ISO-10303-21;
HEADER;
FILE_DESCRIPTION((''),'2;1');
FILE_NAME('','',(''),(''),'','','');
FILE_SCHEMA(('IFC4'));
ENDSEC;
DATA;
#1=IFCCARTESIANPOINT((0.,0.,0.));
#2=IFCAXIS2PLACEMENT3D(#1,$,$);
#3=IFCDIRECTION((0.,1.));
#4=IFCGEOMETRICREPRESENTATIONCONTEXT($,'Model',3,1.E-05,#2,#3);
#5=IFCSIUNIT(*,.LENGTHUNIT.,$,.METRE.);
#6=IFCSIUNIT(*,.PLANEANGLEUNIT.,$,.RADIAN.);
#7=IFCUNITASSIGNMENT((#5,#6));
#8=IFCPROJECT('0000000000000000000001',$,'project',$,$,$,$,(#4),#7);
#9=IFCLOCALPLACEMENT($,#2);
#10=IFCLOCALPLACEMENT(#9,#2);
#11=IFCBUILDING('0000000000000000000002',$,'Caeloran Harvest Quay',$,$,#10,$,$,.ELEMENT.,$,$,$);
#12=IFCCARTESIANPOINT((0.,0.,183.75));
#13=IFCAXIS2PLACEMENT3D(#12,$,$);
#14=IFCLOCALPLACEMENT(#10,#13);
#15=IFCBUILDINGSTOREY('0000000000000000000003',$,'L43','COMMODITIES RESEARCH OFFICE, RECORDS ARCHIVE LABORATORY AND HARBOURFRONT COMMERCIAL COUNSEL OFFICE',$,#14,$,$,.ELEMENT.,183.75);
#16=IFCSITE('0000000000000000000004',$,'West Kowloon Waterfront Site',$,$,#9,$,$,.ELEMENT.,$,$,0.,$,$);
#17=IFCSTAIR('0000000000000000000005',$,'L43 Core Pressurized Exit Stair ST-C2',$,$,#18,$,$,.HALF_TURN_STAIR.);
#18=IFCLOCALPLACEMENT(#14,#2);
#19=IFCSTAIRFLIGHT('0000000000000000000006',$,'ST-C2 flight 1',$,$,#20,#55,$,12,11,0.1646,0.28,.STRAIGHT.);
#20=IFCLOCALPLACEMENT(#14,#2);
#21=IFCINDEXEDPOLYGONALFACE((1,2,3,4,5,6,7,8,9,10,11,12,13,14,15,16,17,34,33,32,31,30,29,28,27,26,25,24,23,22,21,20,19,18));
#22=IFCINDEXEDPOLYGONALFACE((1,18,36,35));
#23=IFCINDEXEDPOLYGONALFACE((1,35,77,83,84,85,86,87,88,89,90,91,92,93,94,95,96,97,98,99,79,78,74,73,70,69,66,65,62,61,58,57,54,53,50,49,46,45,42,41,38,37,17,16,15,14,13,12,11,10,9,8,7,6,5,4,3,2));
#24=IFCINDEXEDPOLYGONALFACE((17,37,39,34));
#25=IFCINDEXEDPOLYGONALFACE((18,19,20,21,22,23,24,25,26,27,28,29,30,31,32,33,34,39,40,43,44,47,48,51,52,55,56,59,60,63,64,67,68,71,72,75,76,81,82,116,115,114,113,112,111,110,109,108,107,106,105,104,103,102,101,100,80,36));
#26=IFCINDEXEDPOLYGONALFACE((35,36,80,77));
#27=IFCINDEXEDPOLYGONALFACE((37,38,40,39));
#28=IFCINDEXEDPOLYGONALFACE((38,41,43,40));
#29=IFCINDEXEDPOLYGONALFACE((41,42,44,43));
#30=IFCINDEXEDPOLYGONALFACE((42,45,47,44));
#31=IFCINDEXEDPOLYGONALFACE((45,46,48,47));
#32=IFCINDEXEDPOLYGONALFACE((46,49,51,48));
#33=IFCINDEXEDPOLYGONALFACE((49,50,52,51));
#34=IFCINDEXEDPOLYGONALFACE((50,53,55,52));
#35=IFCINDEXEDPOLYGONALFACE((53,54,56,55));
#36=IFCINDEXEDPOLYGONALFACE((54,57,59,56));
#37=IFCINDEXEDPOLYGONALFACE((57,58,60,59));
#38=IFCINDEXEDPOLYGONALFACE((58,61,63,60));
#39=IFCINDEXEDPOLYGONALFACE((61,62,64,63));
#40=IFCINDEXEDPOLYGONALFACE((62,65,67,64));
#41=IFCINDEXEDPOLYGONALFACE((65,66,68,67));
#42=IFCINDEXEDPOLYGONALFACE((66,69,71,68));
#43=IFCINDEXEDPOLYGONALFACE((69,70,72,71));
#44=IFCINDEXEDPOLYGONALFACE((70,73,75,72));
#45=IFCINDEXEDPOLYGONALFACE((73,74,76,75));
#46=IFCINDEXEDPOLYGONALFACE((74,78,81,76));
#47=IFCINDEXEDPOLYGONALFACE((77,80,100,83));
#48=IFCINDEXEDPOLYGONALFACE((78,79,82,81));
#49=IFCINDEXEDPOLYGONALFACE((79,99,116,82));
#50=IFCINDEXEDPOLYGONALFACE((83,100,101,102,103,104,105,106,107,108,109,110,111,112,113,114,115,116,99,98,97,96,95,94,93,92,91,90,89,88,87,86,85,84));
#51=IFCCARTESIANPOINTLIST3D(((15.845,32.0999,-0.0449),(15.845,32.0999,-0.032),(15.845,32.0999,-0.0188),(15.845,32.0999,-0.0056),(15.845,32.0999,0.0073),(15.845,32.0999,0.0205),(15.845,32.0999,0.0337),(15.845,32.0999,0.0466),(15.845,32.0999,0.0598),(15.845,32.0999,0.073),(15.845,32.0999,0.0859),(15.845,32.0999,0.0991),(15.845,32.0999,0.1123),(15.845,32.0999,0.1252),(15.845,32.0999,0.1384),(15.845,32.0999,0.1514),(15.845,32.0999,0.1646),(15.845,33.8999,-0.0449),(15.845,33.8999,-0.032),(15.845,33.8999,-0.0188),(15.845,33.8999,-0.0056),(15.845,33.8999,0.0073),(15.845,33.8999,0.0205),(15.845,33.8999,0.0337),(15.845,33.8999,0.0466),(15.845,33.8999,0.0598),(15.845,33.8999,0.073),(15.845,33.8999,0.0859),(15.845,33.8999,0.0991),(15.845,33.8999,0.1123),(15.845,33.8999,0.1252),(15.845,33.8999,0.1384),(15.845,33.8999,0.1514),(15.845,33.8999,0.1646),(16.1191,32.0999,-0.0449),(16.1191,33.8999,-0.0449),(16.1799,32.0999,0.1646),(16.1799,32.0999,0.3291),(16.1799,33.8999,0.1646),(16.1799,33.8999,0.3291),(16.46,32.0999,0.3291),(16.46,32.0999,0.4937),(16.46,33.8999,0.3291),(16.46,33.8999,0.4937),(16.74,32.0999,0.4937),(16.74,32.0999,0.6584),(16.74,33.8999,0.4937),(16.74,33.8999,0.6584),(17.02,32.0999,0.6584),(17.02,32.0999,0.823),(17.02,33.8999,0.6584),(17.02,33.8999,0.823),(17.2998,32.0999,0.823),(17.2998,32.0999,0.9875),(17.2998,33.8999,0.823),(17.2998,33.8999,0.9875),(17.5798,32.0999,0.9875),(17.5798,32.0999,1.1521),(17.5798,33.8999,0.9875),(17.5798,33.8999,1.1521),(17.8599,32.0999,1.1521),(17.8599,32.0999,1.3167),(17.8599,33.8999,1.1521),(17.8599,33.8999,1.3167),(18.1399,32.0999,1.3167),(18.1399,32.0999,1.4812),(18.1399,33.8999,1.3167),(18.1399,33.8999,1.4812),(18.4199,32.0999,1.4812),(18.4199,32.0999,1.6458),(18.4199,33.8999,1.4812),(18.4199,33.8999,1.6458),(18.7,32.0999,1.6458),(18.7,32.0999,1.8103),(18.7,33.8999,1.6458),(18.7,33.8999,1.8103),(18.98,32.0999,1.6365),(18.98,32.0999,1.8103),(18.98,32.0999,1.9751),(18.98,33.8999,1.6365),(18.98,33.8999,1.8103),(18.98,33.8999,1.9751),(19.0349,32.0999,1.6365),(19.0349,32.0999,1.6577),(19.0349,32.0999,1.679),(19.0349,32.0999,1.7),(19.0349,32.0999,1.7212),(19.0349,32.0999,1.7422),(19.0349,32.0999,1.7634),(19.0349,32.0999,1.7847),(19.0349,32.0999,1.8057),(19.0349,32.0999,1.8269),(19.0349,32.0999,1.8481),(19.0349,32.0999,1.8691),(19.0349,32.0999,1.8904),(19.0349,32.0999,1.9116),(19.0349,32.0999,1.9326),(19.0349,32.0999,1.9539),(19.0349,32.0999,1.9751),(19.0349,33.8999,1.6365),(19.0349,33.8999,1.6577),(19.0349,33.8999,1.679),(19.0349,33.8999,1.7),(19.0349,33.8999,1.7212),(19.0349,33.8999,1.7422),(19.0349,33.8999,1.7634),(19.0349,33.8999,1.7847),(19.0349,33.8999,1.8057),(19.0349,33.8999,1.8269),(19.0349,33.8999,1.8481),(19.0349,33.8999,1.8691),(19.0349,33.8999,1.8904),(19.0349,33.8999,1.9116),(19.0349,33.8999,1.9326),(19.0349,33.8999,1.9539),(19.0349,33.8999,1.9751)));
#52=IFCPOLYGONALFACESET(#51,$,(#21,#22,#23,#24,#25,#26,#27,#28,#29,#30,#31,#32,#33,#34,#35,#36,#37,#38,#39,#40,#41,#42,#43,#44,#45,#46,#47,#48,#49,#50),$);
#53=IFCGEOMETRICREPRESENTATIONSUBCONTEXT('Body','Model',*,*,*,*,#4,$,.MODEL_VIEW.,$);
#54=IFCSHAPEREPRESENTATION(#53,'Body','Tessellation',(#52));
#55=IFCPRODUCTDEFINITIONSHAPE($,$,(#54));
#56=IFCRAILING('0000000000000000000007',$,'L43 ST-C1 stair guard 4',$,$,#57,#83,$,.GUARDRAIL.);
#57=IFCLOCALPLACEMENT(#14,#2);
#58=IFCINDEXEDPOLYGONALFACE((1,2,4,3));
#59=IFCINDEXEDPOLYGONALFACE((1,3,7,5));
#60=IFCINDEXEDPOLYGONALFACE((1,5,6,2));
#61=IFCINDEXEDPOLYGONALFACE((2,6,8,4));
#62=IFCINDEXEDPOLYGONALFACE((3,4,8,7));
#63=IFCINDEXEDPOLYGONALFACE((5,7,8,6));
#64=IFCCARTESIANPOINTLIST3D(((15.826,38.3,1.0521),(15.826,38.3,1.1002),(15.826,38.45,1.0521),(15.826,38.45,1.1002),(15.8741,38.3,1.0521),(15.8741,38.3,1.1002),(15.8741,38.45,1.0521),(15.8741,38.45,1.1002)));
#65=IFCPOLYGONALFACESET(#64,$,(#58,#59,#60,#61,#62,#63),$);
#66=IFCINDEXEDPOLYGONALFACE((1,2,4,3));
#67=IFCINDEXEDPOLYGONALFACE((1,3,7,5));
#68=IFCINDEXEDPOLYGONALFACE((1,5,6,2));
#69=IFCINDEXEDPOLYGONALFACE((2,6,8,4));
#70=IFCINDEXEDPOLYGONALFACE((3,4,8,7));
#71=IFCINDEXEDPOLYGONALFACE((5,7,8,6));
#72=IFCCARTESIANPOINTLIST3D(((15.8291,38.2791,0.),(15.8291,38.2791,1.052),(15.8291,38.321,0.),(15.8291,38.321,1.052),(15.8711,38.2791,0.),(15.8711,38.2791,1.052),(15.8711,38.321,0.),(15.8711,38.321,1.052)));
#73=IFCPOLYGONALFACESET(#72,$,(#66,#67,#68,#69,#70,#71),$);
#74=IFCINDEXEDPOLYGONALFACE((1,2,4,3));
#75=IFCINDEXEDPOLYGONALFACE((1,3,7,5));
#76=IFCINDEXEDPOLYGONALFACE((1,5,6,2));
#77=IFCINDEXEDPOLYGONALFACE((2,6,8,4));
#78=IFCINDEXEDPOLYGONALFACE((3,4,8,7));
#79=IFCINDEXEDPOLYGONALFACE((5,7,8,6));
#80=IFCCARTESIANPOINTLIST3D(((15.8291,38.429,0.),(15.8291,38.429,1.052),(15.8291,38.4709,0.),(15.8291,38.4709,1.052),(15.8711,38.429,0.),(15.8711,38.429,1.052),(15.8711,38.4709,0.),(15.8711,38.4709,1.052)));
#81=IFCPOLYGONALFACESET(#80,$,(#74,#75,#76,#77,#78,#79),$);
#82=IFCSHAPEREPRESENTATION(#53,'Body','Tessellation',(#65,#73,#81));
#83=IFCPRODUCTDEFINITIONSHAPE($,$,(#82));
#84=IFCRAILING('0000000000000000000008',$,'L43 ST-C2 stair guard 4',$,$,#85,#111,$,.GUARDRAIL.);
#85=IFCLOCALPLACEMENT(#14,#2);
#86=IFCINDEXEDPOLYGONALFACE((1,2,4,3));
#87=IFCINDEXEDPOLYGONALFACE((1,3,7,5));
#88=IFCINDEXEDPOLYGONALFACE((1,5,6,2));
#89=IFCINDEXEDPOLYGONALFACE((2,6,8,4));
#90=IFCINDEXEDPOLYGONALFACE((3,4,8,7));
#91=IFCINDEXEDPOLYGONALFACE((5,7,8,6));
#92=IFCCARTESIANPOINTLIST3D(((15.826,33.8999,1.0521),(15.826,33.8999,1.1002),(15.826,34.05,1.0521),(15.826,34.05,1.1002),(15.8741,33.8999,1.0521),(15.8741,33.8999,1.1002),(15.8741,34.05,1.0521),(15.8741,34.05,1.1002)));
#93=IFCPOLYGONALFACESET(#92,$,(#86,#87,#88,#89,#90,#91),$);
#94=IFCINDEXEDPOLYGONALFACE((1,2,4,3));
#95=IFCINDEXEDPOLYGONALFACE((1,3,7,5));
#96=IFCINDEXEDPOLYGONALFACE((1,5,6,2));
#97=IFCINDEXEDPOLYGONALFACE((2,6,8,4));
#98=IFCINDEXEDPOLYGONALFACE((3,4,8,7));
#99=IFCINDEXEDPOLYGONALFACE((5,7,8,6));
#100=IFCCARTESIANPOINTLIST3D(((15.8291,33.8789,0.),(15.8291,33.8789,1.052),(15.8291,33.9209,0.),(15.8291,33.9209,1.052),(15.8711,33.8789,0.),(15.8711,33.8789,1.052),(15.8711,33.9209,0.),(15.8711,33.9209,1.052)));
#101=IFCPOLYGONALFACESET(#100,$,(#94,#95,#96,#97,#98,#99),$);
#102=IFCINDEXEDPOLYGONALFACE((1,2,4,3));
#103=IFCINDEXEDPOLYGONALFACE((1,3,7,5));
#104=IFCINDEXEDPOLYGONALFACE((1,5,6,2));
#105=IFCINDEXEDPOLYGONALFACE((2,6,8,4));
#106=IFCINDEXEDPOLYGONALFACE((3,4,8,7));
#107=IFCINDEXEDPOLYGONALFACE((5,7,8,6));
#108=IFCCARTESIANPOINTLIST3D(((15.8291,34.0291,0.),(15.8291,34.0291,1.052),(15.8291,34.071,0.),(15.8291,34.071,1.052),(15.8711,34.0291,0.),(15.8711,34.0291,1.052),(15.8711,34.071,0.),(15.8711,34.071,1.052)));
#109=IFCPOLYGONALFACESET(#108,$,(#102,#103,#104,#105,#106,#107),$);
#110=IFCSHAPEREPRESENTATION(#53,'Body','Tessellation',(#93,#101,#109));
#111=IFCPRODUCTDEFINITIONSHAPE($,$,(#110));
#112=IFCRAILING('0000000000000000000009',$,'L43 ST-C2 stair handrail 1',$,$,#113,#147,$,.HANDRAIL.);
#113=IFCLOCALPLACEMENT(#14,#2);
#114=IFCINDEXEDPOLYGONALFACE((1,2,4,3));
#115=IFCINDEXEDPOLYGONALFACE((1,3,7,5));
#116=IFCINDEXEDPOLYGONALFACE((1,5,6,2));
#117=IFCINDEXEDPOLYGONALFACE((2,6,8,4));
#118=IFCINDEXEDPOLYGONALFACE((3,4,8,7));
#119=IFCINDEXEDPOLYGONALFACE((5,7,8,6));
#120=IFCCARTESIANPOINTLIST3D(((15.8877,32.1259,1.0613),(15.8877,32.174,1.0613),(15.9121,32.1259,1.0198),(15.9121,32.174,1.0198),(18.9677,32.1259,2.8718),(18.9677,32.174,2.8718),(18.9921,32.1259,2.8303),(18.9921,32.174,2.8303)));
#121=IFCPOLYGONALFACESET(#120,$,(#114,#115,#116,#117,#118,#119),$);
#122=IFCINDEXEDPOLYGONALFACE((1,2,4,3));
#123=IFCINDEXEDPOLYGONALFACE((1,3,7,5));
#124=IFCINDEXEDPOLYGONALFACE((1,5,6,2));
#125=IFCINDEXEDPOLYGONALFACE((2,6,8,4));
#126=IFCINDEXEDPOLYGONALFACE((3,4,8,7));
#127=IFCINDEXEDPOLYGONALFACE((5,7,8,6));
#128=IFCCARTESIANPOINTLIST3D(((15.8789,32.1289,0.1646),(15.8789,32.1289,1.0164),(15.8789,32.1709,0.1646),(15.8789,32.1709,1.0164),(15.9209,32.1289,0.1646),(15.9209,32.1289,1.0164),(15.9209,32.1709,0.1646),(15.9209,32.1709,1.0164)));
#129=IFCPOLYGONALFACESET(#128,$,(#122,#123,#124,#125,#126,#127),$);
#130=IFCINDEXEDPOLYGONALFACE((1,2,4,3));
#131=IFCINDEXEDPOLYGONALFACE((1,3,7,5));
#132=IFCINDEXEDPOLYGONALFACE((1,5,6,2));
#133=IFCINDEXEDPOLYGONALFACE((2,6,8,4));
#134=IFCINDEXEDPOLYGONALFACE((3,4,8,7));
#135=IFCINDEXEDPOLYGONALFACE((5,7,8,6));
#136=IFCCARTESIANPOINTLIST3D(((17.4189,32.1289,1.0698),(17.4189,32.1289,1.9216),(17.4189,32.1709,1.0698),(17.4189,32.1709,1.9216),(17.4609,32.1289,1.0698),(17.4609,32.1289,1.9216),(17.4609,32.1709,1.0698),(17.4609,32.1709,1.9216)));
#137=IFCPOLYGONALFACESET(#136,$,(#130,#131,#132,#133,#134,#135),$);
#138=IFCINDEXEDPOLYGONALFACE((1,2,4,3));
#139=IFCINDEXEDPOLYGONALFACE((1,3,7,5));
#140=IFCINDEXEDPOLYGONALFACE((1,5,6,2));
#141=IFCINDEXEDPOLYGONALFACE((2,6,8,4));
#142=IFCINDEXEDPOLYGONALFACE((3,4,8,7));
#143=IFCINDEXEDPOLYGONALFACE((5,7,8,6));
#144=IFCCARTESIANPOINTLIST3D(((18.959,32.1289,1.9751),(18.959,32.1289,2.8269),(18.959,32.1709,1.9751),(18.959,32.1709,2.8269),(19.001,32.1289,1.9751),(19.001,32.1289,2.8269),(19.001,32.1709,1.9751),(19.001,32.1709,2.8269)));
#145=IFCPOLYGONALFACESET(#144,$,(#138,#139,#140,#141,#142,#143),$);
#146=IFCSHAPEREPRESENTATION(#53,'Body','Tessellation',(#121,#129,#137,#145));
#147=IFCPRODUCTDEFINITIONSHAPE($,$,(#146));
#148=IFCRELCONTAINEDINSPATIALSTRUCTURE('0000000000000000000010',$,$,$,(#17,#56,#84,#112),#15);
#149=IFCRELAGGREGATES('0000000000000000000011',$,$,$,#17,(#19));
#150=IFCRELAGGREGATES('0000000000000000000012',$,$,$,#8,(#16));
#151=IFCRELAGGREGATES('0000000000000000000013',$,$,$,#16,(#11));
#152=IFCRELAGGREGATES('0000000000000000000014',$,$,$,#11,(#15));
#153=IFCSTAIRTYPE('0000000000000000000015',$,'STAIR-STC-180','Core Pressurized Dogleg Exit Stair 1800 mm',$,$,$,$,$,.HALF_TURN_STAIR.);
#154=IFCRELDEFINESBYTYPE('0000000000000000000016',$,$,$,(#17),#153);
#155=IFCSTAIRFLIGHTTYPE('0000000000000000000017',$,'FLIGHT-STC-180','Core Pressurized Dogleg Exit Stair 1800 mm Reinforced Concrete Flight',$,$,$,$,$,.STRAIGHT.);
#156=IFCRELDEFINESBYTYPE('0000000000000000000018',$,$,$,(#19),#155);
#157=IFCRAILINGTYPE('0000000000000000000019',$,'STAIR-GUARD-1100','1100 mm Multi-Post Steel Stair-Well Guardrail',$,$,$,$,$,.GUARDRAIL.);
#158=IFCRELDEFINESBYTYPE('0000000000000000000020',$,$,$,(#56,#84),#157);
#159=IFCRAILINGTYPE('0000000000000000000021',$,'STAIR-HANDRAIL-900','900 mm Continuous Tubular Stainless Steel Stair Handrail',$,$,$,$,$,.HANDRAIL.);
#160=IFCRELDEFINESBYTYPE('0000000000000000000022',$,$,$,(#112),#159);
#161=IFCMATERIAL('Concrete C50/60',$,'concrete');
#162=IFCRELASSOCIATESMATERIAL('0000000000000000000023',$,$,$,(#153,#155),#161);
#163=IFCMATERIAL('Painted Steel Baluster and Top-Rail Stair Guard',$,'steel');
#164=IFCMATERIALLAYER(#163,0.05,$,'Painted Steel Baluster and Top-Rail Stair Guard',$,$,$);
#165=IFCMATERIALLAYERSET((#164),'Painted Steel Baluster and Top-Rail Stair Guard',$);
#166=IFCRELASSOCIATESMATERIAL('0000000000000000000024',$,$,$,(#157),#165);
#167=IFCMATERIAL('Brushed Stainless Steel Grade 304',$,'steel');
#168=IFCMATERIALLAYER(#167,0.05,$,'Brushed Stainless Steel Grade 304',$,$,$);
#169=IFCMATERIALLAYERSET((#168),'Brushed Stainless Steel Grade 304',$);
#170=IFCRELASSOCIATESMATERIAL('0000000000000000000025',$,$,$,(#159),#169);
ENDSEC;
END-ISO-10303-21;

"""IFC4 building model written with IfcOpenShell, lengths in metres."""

from ifc_helpers import new_model, si_unit, direction, frame, origin, origin_2d, place, context, subcontext, project, spatial, polyline, rectangle, outline, extrude, material, layer, layer_set, type_object, element, aggregate, save


model = new_model("IFC4")

# Units and contexts
model_context = context("Model", 3, precision=1e-05, world=origin(), true_north=direction((0.0, 1.0)))
body_context = subcontext(model_context, "Body", "Model", "MODEL_VIEW")
ifc_project = project(units=[si_unit("LENGTHUNIT", "METRE"), si_unit("PLANEANGLEUNIT", "RADIAN")], contexts=[model_context])

# Site, building, storey
site_placement = place(None, origin())
site = spatial("IfcSite", under=ifc_project, at=site_placement, Name="West Kowloon Waterfront Site", CompositionType="ELEMENT", RefElevation=0.0)
building_placement = place(site_placement, origin())
building = spatial("IfcBuilding", under=site, at=building_placement, Name="Caeloran Harvest Quay", CompositionType="ELEMENT")
storey_placement = place(building_placement, frame((0.0, 0.0, 183.75)))
storey = spatial("IfcBuildingStorey", under=building, at=storey_placement, Name="L43", Description="COMMODITIES RESEARCH OFFICE, RECORDS ARCHIVE LABORATORY AND HARBOURFRONT COMMERCIAL COUNSEL OFFICE", CompositionType="ELEMENT", Elevation=183.75)

# Shared definitions
ifc_material_1 = material(Name="Concrete C50/60", Category="concrete")

# Stair, stair flight
stair_type = type_object("IfcStairType", Name="STAIR-STC-180", Description="Core Pressurized Dogleg Exit Stair 1800 mm", PredefinedType="HALF_TURN_STAIR", material=ifc_material_1)
stair_placement = place(storey_placement, origin())
stair = element("IfcStair", 1, at=stair_placement, inside=storey, type_object=stair_type, Name="L43 Core Pressurized Exit Stair ST-C2", PredefinedType="HALF_TURN_STAIR")
stair_flight_type = type_object("IfcStairFlightType", Name="FLIGHT-STC-180", Description="Core Pressurized Dogleg Exit Stair 1800 mm Reinforced Concrete Flight", PredefinedType="STRAIGHT", material=ifc_material_1)
stair_flight_placement = place(storey_placement, frame((15.8999, 33.0, 0.0), z_axis=(0.0, 0.0, 1.0), x_axis=(1.0, 0.0, 0.0)))
stair_flight = element("IfcStairFlight", 2, at=stair_flight_placement, type_object=stair_flight_type, Name="ST-C2 flight 1", NumberOfRisers=12, NumberOfTreads=11, PredefinedType="STRAIGHT", RiserHeight=0.1646, TreadLength=0.28, context=body_context, shape_type="SweptSolid", body=[
    extrude(outline(polyline([(-0.0549, -0.0449), (-0.0549, -0.032), (-0.0549, -0.0188), (-0.0549, -0.0056), (-0.0549, 0.0073), (-0.0549, 0.0205), (-0.0549, 0.0337), (-0.0549, 0.0466), (-0.0549, 0.0598), (-0.0549, 0.073), (-0.0549, 0.0859), (-0.0549, 0.0991), (-0.0549, 0.1123), (-0.0549, 0.1252), (-0.0549, 0.1384), (-0.0549, 0.1514), (-0.0549, 0.1646), (0.28, 0.1646), (0.28, 0.3291), (0.5601, 0.3291), (0.5601, 0.4937), (0.8401, 0.4937), (0.8401, 0.6584), (1.1201, 0.6584), (1.1201, 0.823), (1.3999, 0.823), (1.3999, 0.9875), (1.6799, 0.9875), (1.6799, 1.1521), (1.96, 1.1521), (1.96, 1.3167), (2.24, 1.3167), (2.24, 1.4812), (2.52, 1.4812), (2.52, 1.6458), (2.8, 1.6458), (2.8, 1.8103), (3.0801, 1.8103), (3.0801, 1.9751), (3.135, 1.9751), (3.135, 1.9539), (3.135, 1.9326), (3.135, 1.9116), (3.135, 1.8904), (3.135, 1.8691), (3.135, 1.8481), (3.135, 1.8269), (3.135, 1.8057), (3.135, 1.7847), (3.135, 1.7634), (3.135, 1.7422), (3.135, 1.7212), (3.135, 1.7), (3.135, 1.679), (3.135, 1.6577), (3.135, 1.6365), (3.0801, 1.6365), (0.2192, -0.0449), (-0.0549, -0.0449)])), frame((0.0, 0.8999, 0.0), z_axis=(0.0, -1.0, 0.0), x_axis=(1.0, 0.0, 0.0)), (0.0, 0.0, 1.0), 1.8),
])
aggregate(stair, [stair_flight])

# Railings
ifc_material_2 = material(Name="Painted Steel Baluster and Top-Rail Stair Guard", Category="steel")
ifc_layer_1 = layer(ifc_material_2, 0.05, Name="Painted Steel Baluster and Top-Rail Stair Guard")
ifc_layer_set_1 = layer_set([ifc_layer_1], Name="Painted Steel Baluster and Top-Rail Stair Guard")
railing_type_1 = type_object("IfcRailingType", Name="STAIR-GUARD-1100", Description="1100 mm Multi-Post Steel Stair-Well Guardrail", PredefinedType="GUARDRAIL", material=ifc_layer_set_1)
railing_1_placement = place(storey_placement, frame((15.8501, 38.3, 0.0)))
element("IfcRailing", 3, at=railing_1_placement, inside=storey, type_object=railing_type_1, Name="L43 ST-C1 stair guard 4", PredefinedType="GUARDRAIL", context=body_context, shape_type="SweptSolid", body=[
    extrude(rectangle(XDim=0.0481, YDim=0.0481, at=origin_2d()), frame((0.0, 0.0, 1.0762), z_axis=(0.0, 1.0, 0.0), x_axis=(-1.0, 0.0, 0.0)), (0.0, 0.0, 1.0), 0.1499),
    extrude(rectangle(XDim=0.042, YDim=0.042, at=origin_2d()), origin(), (0.0, 0.0, 1.0), 1.052),
    extrude(rectangle(XDim=0.042, YDim=0.042, at=origin_2d()), frame((0.0, 0.1499, 0.0)), (0.0, 0.0, 1.0), 1.052),
])
railing_2_placement = place(storey_placement, frame((15.8501, 33.8999, 0.0)))
element("IfcRailing", 4, at=railing_2_placement, inside=storey, type_object=railing_type_1, Name="L43 ST-C2 stair guard 4", PredefinedType="GUARDRAIL", context=body_context, shape_type="SweptSolid", body=[
    extrude(rectangle(XDim=0.0481, YDim=0.0481, at=origin_2d()), frame((0.0, 0.0, 1.0762), z_axis=(0.0, 1.0, 0.0), x_axis=(-1.0, 0.0, 0.0)), (0.0, 0.0, 1.0), 0.1501),
    extrude(rectangle(XDim=0.042, YDim=0.042, at=origin_2d()), origin(), (0.0, 0.0, 1.0), 1.052),
    extrude(rectangle(XDim=0.042, YDim=0.042, at=origin_2d()), frame((0.0, 0.1501, 0.0)), (0.0, 0.0, 1.0), 1.052),
])
ifc_material_3 = material(Name="Brushed Stainless Steel Grade 304", Category="steel")
ifc_layer_2 = layer(ifc_material_3, 0.05, Name="Brushed Stainless Steel Grade 304")
ifc_layer_set_2 = layer_set([ifc_layer_2], Name="Brushed Stainless Steel Grade 304")
railing_type_2 = type_object("IfcRailingType", Name="STAIR-HANDRAIL-900", Description="900 mm Continuous Tubular Stainless Steel Stair Handrail", PredefinedType="HANDRAIL", material=ifc_layer_set_2)
railing_3_placement = place(storey_placement, frame((15.8999, 32.1499, 0.1646)))
element("IfcRailing", 5, at=railing_3_placement, inside=storey, type_object=railing_type_2, Name="L43 ST-C2 stair handrail 1", PredefinedType="HANDRAIL", context=body_context, shape_type="SweptSolid", body=[
    extrude(rectangle(XDim=0.0481, YDim=0.0481, at=origin_2d()), frame((0.0, 0.0, 0.876), z_axis=(0.862089, 0.0, 0.506757), x_axis=(0.0, 1.0, 0.0)), (0.0, 0.0, 1.0), 3.5728),
    extrude(rectangle(XDim=0.042, YDim=0.042, at=origin_2d()), origin(), (0.0, 0.0, 1.0), 0.8518),
    extrude(rectangle(XDim=0.042, YDim=0.042, at=origin_2d()), frame((1.54, 0.0, 0.9053)), (0.0, 0.0, 1.0), 0.8518),
    extrude(rectangle(XDim=0.042, YDim=0.042, at=origin_2d()), frame((3.0801, 0.0, 1.8105)), (0.0, 0.0, 1.0), 0.8518),
])

save(model, "model.ifc")
